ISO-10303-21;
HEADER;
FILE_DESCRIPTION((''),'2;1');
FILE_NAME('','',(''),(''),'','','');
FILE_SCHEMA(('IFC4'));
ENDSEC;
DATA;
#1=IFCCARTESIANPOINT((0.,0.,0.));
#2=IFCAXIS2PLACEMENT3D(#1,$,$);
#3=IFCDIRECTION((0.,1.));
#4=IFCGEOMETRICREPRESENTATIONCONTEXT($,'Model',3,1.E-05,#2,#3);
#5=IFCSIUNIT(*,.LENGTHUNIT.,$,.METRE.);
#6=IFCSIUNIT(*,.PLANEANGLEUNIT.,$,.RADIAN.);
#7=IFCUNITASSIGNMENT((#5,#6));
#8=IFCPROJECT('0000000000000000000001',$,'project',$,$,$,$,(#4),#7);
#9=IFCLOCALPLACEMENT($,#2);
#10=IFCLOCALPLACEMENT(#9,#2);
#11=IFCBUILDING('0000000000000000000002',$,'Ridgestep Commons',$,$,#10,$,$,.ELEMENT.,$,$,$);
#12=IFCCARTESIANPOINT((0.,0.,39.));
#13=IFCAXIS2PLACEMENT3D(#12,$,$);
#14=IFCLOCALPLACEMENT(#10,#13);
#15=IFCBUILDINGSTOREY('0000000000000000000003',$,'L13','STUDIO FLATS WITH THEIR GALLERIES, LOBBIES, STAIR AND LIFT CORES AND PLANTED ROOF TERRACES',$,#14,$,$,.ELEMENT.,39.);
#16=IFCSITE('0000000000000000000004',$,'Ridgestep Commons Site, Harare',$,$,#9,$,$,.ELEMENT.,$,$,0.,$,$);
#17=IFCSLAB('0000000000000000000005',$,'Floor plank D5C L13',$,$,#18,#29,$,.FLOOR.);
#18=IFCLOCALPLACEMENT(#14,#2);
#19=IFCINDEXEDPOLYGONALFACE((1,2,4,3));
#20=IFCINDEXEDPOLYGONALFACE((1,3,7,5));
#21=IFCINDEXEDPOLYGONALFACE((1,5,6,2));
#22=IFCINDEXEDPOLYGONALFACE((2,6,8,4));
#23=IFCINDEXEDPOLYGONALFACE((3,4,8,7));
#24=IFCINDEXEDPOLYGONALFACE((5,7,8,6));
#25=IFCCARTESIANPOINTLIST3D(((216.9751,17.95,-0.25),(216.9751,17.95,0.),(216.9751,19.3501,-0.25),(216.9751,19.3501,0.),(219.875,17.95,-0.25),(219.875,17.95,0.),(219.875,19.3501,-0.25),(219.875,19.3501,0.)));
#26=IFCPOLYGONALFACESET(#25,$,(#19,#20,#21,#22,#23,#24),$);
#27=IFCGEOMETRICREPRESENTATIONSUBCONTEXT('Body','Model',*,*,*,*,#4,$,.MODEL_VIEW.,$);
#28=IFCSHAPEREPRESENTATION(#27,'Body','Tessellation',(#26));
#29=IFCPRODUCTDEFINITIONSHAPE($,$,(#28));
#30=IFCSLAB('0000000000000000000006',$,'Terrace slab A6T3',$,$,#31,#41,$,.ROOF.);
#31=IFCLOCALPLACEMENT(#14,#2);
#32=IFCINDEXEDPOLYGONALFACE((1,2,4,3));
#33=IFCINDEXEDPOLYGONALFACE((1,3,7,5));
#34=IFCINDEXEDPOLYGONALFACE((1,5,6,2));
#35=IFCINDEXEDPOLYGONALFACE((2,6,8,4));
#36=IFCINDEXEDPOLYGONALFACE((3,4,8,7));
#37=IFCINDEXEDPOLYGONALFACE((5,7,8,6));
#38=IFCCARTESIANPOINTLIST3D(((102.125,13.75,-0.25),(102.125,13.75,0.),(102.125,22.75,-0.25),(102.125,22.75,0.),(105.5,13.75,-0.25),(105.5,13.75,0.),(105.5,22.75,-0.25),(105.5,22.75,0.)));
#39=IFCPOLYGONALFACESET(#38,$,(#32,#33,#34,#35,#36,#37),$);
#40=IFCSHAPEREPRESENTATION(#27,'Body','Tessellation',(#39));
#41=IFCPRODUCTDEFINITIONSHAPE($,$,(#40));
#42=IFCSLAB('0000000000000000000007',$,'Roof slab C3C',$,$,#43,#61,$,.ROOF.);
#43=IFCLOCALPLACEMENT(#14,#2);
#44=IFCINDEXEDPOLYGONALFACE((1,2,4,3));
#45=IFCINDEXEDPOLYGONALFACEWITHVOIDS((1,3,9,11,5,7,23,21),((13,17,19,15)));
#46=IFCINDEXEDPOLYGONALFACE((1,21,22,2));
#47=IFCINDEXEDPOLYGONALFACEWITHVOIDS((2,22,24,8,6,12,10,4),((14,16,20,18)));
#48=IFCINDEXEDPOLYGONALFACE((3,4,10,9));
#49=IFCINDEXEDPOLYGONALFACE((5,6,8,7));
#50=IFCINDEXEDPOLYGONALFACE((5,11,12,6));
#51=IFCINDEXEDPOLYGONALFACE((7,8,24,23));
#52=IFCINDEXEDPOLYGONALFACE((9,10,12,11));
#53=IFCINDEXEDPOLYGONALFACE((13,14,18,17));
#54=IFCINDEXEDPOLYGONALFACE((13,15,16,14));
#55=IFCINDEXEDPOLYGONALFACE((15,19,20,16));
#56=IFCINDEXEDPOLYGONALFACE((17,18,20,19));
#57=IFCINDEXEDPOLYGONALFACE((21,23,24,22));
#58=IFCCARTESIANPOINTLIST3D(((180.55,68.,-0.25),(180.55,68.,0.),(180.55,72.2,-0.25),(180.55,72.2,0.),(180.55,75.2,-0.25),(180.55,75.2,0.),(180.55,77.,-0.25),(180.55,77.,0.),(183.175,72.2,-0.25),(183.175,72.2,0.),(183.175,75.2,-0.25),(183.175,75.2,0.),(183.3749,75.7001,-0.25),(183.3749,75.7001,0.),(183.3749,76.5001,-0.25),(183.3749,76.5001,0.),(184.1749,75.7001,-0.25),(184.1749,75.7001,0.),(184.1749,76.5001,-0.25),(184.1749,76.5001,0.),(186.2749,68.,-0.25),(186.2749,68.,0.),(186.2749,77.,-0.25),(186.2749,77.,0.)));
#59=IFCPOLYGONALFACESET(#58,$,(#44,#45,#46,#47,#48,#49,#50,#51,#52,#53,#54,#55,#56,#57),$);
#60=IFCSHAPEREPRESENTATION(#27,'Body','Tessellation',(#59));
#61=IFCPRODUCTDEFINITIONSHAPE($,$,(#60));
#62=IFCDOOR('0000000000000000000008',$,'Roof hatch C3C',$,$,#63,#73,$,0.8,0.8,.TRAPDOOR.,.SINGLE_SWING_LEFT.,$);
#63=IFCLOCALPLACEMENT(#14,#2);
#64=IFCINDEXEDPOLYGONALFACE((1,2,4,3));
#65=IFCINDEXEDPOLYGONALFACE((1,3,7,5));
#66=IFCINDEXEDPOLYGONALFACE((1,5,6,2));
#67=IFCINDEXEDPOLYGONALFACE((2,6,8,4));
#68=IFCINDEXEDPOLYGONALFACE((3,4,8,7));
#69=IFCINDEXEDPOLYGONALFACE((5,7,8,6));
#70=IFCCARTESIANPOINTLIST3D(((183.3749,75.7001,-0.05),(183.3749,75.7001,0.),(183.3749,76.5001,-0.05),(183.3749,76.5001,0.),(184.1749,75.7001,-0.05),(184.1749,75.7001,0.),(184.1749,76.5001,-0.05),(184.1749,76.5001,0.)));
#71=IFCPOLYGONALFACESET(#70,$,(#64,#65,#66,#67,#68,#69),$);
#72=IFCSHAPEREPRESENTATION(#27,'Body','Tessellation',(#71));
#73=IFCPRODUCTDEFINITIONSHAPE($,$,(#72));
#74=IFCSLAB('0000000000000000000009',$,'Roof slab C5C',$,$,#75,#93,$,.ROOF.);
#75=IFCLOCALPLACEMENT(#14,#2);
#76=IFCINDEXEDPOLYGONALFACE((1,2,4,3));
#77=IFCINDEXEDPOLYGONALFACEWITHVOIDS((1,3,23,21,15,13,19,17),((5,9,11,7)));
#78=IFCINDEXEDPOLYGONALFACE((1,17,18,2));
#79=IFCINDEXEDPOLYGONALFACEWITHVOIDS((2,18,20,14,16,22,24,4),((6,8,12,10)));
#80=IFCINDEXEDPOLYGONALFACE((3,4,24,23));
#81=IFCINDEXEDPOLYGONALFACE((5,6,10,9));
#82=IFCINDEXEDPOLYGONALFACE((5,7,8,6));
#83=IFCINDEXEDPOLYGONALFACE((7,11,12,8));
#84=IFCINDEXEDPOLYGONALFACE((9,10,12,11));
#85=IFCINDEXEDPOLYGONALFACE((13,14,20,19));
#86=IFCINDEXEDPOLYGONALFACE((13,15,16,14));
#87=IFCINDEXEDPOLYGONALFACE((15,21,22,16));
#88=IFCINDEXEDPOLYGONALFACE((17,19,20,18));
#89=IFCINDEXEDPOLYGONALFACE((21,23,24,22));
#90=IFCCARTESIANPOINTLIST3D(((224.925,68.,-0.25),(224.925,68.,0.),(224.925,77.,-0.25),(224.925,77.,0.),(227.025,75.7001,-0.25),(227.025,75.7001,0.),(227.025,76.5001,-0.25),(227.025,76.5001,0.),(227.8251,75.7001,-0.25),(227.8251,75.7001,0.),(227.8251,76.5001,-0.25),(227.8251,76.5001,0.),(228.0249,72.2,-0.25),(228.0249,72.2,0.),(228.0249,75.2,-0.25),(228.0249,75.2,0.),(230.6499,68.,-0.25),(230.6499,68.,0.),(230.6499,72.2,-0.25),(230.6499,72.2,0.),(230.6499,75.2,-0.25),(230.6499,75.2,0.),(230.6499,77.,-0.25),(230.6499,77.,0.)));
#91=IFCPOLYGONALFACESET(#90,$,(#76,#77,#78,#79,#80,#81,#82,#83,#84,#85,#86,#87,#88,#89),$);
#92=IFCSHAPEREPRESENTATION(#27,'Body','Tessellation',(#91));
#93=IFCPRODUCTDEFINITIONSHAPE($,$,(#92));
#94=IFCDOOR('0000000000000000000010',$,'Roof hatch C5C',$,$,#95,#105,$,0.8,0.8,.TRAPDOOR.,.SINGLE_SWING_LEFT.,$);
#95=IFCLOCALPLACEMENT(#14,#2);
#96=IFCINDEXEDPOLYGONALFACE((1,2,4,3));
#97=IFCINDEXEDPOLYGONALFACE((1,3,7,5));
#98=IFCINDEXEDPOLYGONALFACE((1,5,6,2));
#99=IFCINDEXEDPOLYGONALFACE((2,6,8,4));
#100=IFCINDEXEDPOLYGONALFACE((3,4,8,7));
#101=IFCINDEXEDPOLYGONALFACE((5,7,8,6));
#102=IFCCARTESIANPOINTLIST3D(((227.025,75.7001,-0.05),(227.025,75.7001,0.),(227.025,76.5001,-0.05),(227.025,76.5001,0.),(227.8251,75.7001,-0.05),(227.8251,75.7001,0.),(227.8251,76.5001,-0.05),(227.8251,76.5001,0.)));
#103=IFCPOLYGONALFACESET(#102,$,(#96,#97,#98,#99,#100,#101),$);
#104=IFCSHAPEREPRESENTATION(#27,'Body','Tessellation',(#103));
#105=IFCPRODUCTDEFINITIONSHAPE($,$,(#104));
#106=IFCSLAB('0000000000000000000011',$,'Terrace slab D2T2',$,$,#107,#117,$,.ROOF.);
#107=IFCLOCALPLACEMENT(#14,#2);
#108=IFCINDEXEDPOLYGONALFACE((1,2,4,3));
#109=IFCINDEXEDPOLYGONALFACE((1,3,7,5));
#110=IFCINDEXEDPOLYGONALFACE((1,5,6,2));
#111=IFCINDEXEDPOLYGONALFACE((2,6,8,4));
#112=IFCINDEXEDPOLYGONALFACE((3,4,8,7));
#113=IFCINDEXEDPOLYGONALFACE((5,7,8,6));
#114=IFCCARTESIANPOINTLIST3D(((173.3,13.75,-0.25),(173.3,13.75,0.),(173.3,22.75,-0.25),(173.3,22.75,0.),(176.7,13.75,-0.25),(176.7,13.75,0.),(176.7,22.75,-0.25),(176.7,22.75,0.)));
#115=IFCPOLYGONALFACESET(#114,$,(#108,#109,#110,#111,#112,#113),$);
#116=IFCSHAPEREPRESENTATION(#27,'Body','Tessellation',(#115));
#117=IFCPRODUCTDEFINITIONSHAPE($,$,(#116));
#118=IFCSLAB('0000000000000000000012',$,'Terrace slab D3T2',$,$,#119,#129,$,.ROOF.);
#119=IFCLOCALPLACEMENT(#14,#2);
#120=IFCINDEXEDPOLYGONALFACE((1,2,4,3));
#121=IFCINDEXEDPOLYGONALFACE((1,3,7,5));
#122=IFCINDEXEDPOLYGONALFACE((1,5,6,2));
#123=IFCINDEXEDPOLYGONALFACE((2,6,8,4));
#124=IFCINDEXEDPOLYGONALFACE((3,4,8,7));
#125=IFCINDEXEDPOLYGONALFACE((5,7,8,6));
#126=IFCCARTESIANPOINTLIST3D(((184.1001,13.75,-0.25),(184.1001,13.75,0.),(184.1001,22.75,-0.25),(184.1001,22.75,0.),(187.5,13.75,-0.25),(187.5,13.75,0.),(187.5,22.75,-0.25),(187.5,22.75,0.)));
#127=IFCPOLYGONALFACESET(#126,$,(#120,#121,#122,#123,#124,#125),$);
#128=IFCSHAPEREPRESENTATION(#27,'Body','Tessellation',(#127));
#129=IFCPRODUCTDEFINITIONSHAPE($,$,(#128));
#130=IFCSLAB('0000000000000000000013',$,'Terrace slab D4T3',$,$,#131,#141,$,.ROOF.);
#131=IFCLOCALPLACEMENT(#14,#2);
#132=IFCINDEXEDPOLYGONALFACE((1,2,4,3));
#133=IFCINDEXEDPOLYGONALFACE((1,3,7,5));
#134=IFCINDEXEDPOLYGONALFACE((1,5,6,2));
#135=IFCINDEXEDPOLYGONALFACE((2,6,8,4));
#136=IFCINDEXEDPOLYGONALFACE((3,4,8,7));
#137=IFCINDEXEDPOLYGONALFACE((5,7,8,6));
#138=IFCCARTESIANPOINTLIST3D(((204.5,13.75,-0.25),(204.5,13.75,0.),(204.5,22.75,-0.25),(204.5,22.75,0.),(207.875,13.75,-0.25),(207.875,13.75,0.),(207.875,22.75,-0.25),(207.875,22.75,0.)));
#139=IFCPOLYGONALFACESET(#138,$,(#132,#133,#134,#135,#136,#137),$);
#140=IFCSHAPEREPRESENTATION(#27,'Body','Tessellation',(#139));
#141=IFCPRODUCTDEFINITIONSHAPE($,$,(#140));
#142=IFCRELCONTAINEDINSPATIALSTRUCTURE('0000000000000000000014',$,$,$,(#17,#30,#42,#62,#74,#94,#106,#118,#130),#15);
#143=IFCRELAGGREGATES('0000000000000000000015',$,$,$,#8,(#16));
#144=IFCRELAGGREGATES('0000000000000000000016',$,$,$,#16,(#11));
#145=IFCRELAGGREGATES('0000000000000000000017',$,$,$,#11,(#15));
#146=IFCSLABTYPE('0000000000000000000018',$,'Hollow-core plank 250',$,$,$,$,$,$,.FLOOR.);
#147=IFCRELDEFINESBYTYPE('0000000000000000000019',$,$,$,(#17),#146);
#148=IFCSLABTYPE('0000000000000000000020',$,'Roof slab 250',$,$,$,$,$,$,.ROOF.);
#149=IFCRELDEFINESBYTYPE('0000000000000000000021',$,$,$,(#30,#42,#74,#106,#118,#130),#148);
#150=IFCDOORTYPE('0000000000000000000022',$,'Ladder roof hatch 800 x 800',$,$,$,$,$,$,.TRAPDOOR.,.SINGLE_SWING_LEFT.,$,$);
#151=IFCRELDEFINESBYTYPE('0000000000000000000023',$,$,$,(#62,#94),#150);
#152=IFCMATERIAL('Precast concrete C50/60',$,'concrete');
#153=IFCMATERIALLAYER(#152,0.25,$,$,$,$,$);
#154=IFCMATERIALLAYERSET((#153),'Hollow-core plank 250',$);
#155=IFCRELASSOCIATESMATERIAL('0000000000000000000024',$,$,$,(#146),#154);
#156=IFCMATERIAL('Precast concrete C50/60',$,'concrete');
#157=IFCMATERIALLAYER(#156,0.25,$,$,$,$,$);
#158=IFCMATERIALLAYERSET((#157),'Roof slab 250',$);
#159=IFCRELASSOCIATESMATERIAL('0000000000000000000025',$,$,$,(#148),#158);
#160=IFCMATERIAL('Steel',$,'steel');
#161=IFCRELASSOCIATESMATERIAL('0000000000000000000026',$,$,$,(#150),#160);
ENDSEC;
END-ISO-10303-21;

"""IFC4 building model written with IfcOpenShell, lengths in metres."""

from ifc_helpers import new_model, si_unit, direction, frame, origin, origin_2d, place, context, subcontext, project, spatial, polyline, rectangle, outline, extrude, material, layer, layer_set, type_object, element, fill, save


model = new_model("IFC4")

# Units and contexts
model_context = context("Model", 3, precision=1e-05, world=origin(), true_north=direction((0.0, 1.0)))
body_context = subcontext(model_context, "Body", "Model", "MODEL_VIEW")
ifc_project = project(units=[si_unit("LENGTHUNIT", "METRE"), si_unit("PLANEANGLEUNIT", "RADIAN")], contexts=[model_context])

# Site, building, storey
site_placement = place(None, origin())
site = spatial("IfcSite", under=ifc_project, at=site_placement, Name="Ridgestep Commons Site, Harare", CompositionType="ELEMENT", RefElevation=0.0)
building_placement = place(site_placement, origin())
building = spatial("IfcBuilding", under=site, at=building_placement, Name="Ridgestep Commons", CompositionType="ELEMENT")
storey_placement = place(building_placement, frame((0.0, 0.0, 39.0)))
storey = spatial("IfcBuildingStorey", under=building, at=storey_placement, Name="L13", Description="STUDIO FLATS WITH THEIR GALLERIES, LOBBIES, STAIR AND LIFT CORES AND PLANTED ROOF TERRACES", CompositionType="ELEMENT", Elevation=39.0)

# Slabs
ifc_material_1 = material(Name="Precast concrete C50/60", Category="concrete")
ifc_layer_1 = layer(ifc_material_1, 0.25)
ifc_layer_set_1 = layer_set([ifc_layer_1], Name="Hollow-core plank 250")
slab_type_1 = type_object("IfcSlabType", Name="Hollow-core plank 250", PredefinedType="FLOOR", material=ifc_layer_set_1)
slab_1_placement = place(storey_placement, frame((0.0, 0.0, -0.25)))
element("IfcSlab", 1, at=slab_1_placement, inside=storey, type_object=slab_type_1, Name="Floor plank D5C L13", PredefinedType="FLOOR", context=body_context, shape_type="SweptSolid", body=[
    extrude(outline(polyline([(219.875, 17.95), (219.875, 19.3501), (216.9751, 19.3501), (216.9751, 17.95), (219.875, 17.95)])), origin(), (0.0, 0.0, 1.0), 0.25),
])
ifc_material_2 = material(Name="Precast concrete C50/60", Category="concrete")
ifc_layer_2 = layer(ifc_material_2, 0.25)
ifc_layer_set_2 = layer_set([ifc_layer_2], Name="Roof slab 250")
slab_type_2 = type_object("IfcSlabType", Name="Roof slab 250", PredefinedType="ROOF", material=ifc_layer_set_2)
slab_2_placement = place(storey_placement, frame((0.0, 0.0, -0.25)))
element("IfcSlab", 2, at=slab_2_placement, inside=storey, type_object=slab_type_2, Name="Terrace slab A6T3", PredefinedType="ROOF", context=body_context, shape_type="SweptSolid", body=[
    extrude(outline(polyline([(105.5, 13.75), (105.5, 22.75), (102.125, 22.75), (102.125, 13.75), (105.5, 13.75)])), origin(), (0.0, 0.0, 1.0), 0.25),
])

# Slabs, openings, doors
slab_3_placement = place(storey_placement, frame((0.0, 0.0, -0.25)))
slab_3 = element("IfcSlab", 3, at=slab_3_placement, inside=storey, type_object=slab_type_2, Name="Roof slab C3C", PredefinedType="ROOF", context=body_context, shape_type="SweptSolid", body=[
    extrude(outline(polyline([(180.55, 77.0), (180.55, 75.2), (183.175, 75.2), (183.175, 72.2), (180.55, 72.2), (180.55, 68.0), (186.2749, 68.0), (186.2749, 77.0), (180.55, 77.0)])), origin(), (0.0, 0.0, 1.0), 0.25),
])
opening_1_placement = place(slab_3_placement, frame((183.7749, 76.1001, 0.0)))
opening_1 = element("IfcOpeningElement", 4, at=opening_1_placement, cuts=slab_3, PredefinedType="OPENING", context=body_context, shape_type="SweptSolid", body=[
    extrude(rectangle(XDim=0.8, YDim=0.8, at=origin_2d()), origin(), (0.0, 0.0, 1.0), 0.25),
])
ifc_material_3 = material(Name="Steel", Category="steel")
door_type = type_object("IfcDoorType", Name="Ladder roof hatch 800 x 800", OperationType="SINGLE_SWING_LEFT", PredefinedType="TRAPDOOR", material=ifc_material_3)
door_1_placement = place(opening_1_placement, frame((0.0, 0.0, 0.2)))
door_1 = element("IfcDoor", 5, at=door_1_placement, inside=storey, type_object=door_type, Name="Roof hatch C3C", OperationType="SINGLE_SWING_LEFT", OverallHeight=0.8, OverallWidth=0.8, PredefinedType="TRAPDOOR", context=body_context, shape_type="SweptSolid", body=[
    extrude(rectangle(XDim=0.8, YDim=0.8, at=origin_2d()), origin(), (0.0, 0.0, 1.0), 0.05),
])
fill(opening_1, door_1)
slab_4_placement = place(storey_placement, frame((0.0, 0.0, -0.25)))
slab_4 = element("IfcSlab", 6, at=slab_4_placement, inside=storey, type_object=slab_type_2, Name="Roof slab C5C", PredefinedType="ROOF", context=body_context, shape_type="SweptSolid", body=[
    extrude(outline(polyline([(230.6499, 68.0), (230.6499, 72.2), (228.0249, 72.2), (228.0249, 75.2), (230.6499, 75.2), (230.6499, 77.0), (224.925, 77.0), (224.925, 68.0), (230.6499, 68.0)])), origin(), (0.0, 0.0, 1.0), 0.25),
])
opening_2_placement = place(slab_4_placement, frame((227.425, 76.1001, 0.0)))
opening_2 = element("IfcOpeningElement", 7, at=opening_2_placement, cuts=slab_4, PredefinedType="OPENING", context=body_context, shape_type="SweptSolid", body=[
    extrude(rectangle(XDim=0.8, YDim=0.8, at=origin_2d()), origin(), (0.0, 0.0, 1.0), 0.25),
])
door_2_placement = place(opening_2_placement, frame((0.0, 0.0, 0.2)))
door_2 = element("IfcDoor", 8, at=door_2_placement, inside=storey, type_object=door_type, Name="Roof hatch C5C", OperationType="SINGLE_SWING_LEFT", OverallHeight=0.8, OverallWidth=0.8, PredefinedType="TRAPDOOR", context=body_context, shape_type="SweptSolid", body=[
    extrude(rectangle(XDim=0.8, YDim=0.8, at=origin_2d()), origin(), (0.0, 0.0, 1.0), 0.05),
])
fill(opening_2, door_2)

# Slabs
slab_5_placement = place(storey_placement, frame((0.0, 0.0, -0.25)))
element("IfcSlab", 9, at=slab_5_placement, inside=storey, type_object=slab_type_2, Name="Terrace slab D2T2", PredefinedType="ROOF", context=body_context, shape_type="SweptSolid", body=[
    extrude(outline(polyline([(176.7, 13.75), (176.7, 22.75), (173.3, 22.75), (173.3, 13.75), (176.7, 13.75)])), origin(), (0.0, 0.0, 1.0), 0.25),
])
slab_6_placement = place(storey_placement, frame((0.0, 0.0, -0.25)))
element("IfcSlab", 10, at=slab_6_placement, inside=storey, type_object=slab_type_2, Name="Terrace slab D3T2", PredefinedType="ROOF", context=body_context, shape_type="SweptSolid", body=[
    extrude(outline(polyline([(187.5, 13.75), (187.5, 22.75), (184.1001, 22.75), (184.1001, 13.75), (187.5, 13.75)])), origin(), (0.0, 0.0, 1.0), 0.25),
])
slab_7_placement = place(storey_placement, frame((0.0, 0.0, -0.25)))
element("IfcSlab", 11, at=slab_7_placement, inside=storey, type_object=slab_type_2, Name="Terrace slab D4T3", PredefinedType="ROOF", context=body_context, shape_type="SweptSolid", body=[
    extrude(outline(polyline([(207.875, 13.75), (207.875, 22.75), (204.5, 22.75), (204.5, 13.75), (207.875, 13.75)])), origin(), (0.0, 0.0, 1.0), 0.25),
])

save(model, "model.ifc")
